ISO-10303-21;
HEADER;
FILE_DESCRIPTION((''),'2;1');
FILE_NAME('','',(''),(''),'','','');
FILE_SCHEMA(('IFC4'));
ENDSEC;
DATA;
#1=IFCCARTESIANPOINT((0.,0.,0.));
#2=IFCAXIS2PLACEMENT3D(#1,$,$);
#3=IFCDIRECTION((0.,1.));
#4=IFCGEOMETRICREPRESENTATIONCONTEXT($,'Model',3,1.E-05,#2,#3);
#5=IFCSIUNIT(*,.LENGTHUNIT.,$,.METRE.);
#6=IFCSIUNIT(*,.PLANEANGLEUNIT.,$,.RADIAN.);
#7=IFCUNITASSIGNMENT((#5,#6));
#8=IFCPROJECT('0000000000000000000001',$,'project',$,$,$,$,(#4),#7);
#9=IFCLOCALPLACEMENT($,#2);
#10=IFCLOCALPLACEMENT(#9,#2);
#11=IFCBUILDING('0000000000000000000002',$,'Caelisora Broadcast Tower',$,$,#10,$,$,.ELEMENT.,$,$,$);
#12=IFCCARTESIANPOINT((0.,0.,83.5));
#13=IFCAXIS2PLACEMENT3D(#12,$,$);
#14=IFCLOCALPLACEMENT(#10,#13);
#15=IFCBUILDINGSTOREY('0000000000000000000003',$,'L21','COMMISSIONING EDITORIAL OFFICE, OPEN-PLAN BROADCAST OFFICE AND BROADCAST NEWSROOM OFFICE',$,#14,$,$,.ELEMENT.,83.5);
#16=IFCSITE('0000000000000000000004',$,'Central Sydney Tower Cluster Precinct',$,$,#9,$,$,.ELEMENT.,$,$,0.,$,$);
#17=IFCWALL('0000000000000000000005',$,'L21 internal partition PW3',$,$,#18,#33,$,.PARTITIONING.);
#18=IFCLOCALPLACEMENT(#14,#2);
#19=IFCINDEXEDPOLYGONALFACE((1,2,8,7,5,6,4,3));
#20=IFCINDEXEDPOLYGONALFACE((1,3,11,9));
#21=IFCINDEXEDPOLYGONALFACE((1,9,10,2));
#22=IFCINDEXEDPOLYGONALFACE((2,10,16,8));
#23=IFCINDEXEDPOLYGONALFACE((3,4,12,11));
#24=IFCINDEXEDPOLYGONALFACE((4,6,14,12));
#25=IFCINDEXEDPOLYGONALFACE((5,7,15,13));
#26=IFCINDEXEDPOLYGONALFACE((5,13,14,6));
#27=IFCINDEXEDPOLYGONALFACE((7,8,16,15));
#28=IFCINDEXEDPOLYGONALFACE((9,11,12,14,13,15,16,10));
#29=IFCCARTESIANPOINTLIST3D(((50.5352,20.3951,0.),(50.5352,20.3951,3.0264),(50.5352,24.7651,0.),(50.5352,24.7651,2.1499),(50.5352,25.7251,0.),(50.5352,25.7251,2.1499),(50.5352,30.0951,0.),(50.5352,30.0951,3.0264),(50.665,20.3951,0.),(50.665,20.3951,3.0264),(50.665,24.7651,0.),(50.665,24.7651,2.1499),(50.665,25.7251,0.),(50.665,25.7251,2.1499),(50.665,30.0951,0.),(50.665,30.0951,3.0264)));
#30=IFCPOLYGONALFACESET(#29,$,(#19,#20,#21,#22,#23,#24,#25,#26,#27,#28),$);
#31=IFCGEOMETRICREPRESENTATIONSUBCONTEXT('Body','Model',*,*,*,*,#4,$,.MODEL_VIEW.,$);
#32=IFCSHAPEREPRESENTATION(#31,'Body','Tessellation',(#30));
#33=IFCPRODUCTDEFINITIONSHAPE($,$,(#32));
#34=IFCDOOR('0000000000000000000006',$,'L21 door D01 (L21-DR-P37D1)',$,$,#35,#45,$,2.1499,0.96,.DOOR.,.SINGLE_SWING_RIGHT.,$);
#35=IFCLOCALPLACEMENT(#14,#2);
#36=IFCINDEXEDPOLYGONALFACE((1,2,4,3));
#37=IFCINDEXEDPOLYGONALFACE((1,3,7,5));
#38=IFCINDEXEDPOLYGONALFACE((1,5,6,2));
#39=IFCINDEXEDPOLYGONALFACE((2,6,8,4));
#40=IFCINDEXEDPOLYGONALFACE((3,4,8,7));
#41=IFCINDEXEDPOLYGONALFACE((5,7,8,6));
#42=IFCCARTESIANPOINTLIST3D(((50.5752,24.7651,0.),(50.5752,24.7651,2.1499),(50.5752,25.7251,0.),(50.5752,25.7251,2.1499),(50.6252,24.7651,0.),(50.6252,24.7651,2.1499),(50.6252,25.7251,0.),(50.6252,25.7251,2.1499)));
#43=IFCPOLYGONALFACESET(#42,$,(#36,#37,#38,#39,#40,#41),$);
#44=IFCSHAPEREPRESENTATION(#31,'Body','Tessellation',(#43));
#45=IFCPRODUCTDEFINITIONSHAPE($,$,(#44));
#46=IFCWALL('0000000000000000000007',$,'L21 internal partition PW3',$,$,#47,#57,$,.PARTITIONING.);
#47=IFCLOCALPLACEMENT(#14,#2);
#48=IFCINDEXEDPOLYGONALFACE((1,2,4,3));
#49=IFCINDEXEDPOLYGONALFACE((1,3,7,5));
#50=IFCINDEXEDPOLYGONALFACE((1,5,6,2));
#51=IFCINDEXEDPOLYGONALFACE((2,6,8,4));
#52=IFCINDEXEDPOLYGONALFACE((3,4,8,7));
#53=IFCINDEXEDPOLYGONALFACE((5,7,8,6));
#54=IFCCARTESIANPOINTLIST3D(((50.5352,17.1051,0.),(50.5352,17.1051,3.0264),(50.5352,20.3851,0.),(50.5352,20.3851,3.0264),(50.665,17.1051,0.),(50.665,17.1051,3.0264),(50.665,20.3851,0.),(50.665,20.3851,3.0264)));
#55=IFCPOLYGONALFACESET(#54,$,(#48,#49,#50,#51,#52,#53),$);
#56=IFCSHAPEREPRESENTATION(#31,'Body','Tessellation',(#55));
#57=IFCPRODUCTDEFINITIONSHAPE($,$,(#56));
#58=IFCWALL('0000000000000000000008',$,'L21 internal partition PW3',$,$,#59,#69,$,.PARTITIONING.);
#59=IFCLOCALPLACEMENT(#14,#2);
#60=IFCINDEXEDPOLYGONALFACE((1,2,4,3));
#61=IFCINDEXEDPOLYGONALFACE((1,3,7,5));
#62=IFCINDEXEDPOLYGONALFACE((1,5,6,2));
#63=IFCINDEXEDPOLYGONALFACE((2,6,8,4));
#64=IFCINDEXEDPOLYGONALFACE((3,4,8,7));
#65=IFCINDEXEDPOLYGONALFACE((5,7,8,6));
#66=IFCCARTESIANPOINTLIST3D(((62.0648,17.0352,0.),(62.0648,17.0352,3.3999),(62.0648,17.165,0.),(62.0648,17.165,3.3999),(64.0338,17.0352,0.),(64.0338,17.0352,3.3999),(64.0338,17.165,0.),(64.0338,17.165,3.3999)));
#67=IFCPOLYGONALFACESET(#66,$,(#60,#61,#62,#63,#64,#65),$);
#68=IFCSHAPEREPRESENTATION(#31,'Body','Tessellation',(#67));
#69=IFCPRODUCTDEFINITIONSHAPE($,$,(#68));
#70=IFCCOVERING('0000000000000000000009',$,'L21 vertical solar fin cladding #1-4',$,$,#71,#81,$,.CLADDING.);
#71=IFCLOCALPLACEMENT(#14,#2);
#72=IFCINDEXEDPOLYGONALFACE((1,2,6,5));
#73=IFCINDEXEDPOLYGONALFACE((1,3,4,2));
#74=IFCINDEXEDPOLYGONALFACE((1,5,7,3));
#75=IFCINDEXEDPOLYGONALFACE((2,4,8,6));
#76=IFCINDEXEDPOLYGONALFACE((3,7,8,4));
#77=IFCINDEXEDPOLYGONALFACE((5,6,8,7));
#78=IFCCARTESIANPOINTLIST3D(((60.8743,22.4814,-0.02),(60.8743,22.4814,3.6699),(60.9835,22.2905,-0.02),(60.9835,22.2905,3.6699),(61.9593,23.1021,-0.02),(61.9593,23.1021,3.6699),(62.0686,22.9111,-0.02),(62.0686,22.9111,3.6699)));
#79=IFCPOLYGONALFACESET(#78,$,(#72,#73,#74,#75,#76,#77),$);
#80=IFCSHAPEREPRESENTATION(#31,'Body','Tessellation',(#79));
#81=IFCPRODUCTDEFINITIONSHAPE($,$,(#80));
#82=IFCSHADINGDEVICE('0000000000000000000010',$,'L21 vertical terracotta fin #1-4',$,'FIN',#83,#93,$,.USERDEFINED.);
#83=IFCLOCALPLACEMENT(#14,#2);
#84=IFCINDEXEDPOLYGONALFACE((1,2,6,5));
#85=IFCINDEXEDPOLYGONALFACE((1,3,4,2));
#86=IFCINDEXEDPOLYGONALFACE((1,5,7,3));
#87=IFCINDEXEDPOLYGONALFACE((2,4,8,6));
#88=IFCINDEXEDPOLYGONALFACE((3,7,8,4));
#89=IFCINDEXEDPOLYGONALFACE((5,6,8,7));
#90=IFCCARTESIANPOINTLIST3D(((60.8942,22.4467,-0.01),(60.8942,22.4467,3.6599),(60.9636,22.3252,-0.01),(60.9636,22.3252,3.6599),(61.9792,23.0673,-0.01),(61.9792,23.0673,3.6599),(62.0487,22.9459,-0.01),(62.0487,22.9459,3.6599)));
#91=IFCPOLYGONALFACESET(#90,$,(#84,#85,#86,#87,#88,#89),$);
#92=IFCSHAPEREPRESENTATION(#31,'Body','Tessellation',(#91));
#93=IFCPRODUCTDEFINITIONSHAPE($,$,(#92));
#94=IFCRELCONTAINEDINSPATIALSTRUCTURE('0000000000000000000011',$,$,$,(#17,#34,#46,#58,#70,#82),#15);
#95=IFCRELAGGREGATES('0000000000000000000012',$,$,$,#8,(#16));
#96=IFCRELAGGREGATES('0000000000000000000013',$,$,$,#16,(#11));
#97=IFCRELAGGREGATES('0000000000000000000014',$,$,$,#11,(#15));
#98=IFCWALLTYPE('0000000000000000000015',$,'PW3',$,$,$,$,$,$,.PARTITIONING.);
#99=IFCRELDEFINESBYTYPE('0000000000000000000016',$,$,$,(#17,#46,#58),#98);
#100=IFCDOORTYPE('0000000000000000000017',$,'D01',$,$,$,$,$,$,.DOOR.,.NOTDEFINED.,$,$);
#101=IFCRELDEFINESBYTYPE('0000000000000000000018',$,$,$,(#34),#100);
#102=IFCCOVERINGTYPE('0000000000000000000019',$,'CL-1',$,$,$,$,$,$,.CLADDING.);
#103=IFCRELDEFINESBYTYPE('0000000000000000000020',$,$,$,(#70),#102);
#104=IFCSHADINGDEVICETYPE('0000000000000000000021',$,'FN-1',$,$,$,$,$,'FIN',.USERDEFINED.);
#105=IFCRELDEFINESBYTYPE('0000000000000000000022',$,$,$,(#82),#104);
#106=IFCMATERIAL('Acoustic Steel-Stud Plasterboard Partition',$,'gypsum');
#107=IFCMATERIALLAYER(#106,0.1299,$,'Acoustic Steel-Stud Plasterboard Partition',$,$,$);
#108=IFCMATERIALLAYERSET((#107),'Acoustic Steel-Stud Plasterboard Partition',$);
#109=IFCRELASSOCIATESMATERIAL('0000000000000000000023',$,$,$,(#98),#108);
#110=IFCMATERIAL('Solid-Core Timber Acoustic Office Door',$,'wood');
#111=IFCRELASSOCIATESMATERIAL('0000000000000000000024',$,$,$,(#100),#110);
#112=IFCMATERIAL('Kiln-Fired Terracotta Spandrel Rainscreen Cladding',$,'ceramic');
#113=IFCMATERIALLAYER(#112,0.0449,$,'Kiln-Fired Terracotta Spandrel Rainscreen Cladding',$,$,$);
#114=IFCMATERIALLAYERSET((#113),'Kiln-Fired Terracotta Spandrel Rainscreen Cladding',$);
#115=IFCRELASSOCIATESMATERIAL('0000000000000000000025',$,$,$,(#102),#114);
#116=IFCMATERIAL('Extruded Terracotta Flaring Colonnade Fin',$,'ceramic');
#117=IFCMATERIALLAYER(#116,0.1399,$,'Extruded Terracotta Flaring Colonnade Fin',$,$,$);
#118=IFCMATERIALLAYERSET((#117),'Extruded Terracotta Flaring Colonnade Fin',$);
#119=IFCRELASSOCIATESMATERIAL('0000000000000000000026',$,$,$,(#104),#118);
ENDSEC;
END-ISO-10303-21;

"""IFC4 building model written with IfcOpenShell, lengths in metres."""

from ifc_helpers import new_model, si_unit, direction, frame, frame_2d, origin, origin_2d, place, context, subcontext, project, spatial, rectangle, extrude, source, transform, mapped, material, layer, layer_set, type_object, type_shapes, element, fill, save


model = new_model("IFC4")

# Units and contexts
model_context = context("Model", 3, precision=1e-05, world=origin(), true_north=direction((0.0, 1.0)))
body_context = subcontext(model_context, "Body", "Model", "MODEL_VIEW")
ifc_project = project(units=[si_unit("LENGTHUNIT", "METRE"), si_unit("PLANEANGLEUNIT", "RADIAN")], contexts=[model_context])

# Site, building, storey
site_placement = place(None, origin())
site = spatial("IfcSite", under=ifc_project, at=site_placement, Name="Central Sydney Tower Cluster Precinct", CompositionType="ELEMENT", RefElevation=0.0)
building_placement = place(site_placement, origin())
building = spatial("IfcBuilding", under=site, at=building_placement, Name="Caelisora Broadcast Tower", CompositionType="ELEMENT")
storey_placement = place(building_placement, frame((0.0, 0.0, 83.5)))
storey = spatial("IfcBuildingStorey", under=building, at=storey_placement, Name="L21", Description="COMMISSIONING EDITORIAL OFFICE, OPEN-PLAN BROADCAST OFFICE AND BROADCAST NEWSROOM OFFICE", CompositionType="ELEMENT", Elevation=83.5)

# Shared definitions
ifc_material_1 = material(Name="Acoustic Steel-Stud Plasterboard Partition", Category="gypsum")
ifc_layer_1 = layer(ifc_material_1, 0.1299, Name="Acoustic Steel-Stud Plasterboard Partition")
ifc_layer_set_1 = layer_set([ifc_layer_1], Name="Acoustic Steel-Stud Plasterboard Partition")
wall_type_1 = type_object("IfcWallType", Name="PW3", PredefinedType="PARTITIONING", material=ifc_layer_set_1)

# Wall, opening, door
wall_1_placement = place(storey_placement, frame((50.6001, 20.395, 0.0), z_axis=(0.0, 0.0, 1.0), x_axis=(0.0, 1.0, 0.0)))
wall_1 = element("IfcWall", 1, at=wall_1_placement, inside=storey, type_object=wall_type_1, Name="L21 internal partition PW3", PredefinedType="PARTITIONING", context=body_context, shape_type="SweptSolid", body=[
    extrude(rectangle(XDim=9.7, YDim=0.1299, at=frame_2d((4.8501, 0.0))), origin(), (0.0, 0.0, 1.0), 3.0264),
])
opening_1_placement = place(wall_1_placement, frame((4.3701, 0.0, 0.0)))
opening_1 = element("IfcOpeningElement", 2, at=opening_1_placement, cuts=wall_1, PredefinedType="OPENING", context=body_context, shape_type="SweptSolid", body=[
    extrude(rectangle(XDim=0.96, YDim=2.1499, at=frame_2d((0.48, 1.075))), frame((0.0, 0.0769, 0.0), z_axis=(0.0, -1.0, 0.0), x_axis=(1.0, 0.0, 0.0)), (0.0, 0.0, 1.0), 0.1538),
])
ifc_material_2 = material(Name="Solid-Core Timber Acoustic Office Door", Category="wood")
door_type_1 = type_object("IfcDoorType", Name="D01", OperationType="NOTDEFINED", PredefinedType="DOOR", material=ifc_material_2)
door_1_placement = place(opening_1_placement, origin())
door_1 = element("IfcDoor", 3, at=door_1_placement, inside=storey, type_object=door_type_1, Name="L21 door D01 (L21-DR-P37D1)", OperationType="SINGLE_SWING_RIGHT", OverallHeight=2.1499, OverallWidth=0.96, PredefinedType="DOOR", context=body_context, shape_type="SweptSolid", body=[
    extrude(rectangle(XDim=0.96, YDim=2.1499, at=frame_2d((0.48, 1.075))), frame((0.0, 0.0249, 0.0), z_axis=(0.0, -1.0, 0.0), x_axis=(1.0, 0.0, 0.0)), (0.0, 0.0, 1.0), 0.05),
])
fill(opening_1, door_1)

# Walls
wall_2_placement = place(storey_placement, frame((50.6001, 17.105, 0.0), z_axis=(0.0, 0.0, 1.0), x_axis=(0.0, 1.0, 0.0)))
element("IfcWall", 4, at=wall_2_placement, inside=storey, type_object=wall_type_1, Name="L21 internal partition PW3", PredefinedType="PARTITIONING", context=body_context, shape_type="SweptSolid", body=[
    extrude(rectangle(XDim=3.28, YDim=0.1299, at=frame_2d((1.6401, 0.0))), origin(), (0.0, 0.0, 1.0), 3.0264),
])
wall_3_placement = place(storey_placement, frame((62.0649, 17.1001, 0.0), z_axis=(0.0, 0.0, 1.0), x_axis=(1.0, 0.0, 0.0)))
element("IfcWall", 5, at=wall_3_placement, inside=storey, type_object=wall_type_1, Name="L21 internal partition PW3", PredefinedType="PARTITIONING", context=body_context, shape_type="SweptSolid", body=[
    extrude(rectangle(XDim=1.969, YDim=0.1299, at=frame_2d((0.9844, 0.0))), origin(), (0.0, 0.0, 1.0), 3.3999),
])

# Covering
ifc_material_3 = material(Name="Kiln-Fired Terracotta Spandrel Rainscreen Cladding", Category="ceramic")
ifc_layer_2 = layer(ifc_material_3, 0.0449, Name="Kiln-Fired Terracotta Spandrel Rainscreen Cladding")
ifc_layer_set_2 = layer_set([ifc_layer_2], Name="Kiln-Fired Terracotta Spandrel Rainscreen Cladding")
covering_type = type_object("IfcCoveringType", Name="CL-1", PredefinedType="CLADDING", material=ifc_layer_set_2)
shared_shape_1 = source(origin(), body_context, "Body", "SweptSolid", [
    extrude(rectangle(XDim=0.22, YDim=1.25, at=origin_2d()), origin(), (0.0, 0.0, 1.0), 3.6899),
])
type_shapes(covering_type, [shared_shape_1])
covering_placement = place(storey_placement, frame((61.4714, 22.6963, -0.02), z_axis=(0.0, 0.0, 1.0), x_axis=(0.49652, -0.868026, 0.0)))
element("IfcCovering", 6, at=covering_placement, inside=storey, type_object=covering_type, Name="L21 vertical solar fin cladding #1-4", PredefinedType="CLADDING", context=body_context, shape_type="MappedRepresentation", body=[
    mapped(shared_shape_1, transform((0.0, 0.0, 0.0), scale=1.0)),
])

# Shading device
ifc_material_4 = material(Name="Extruded Terracotta Flaring Colonnade Fin", Category="ceramic")
ifc_layer_3 = layer(ifc_material_4, 0.1399, Name="Extruded Terracotta Flaring Colonnade Fin")
ifc_layer_set_3 = layer_set([ifc_layer_3], Name="Extruded Terracotta Flaring Colonnade Fin")
shading_device_type = type_object("IfcShadingDeviceType", Name="FN-1", ElementType="FIN", PredefinedType="USERDEFINED", material=ifc_layer_set_3)
shared_shape_2 = source(origin(), body_context, "Body", "SweptSolid", [
    extrude(rectangle(XDim=0.1399, YDim=1.25, at=origin_2d()), origin(), (0.0, 0.0, 1.0), 3.6699),
])
type_shapes(shading_device_type, [shared_shape_2])
shading_device_placement = place(storey_placement, frame((61.4714, 22.6963, -0.01), z_axis=(0.0, 0.0, 1.0), x_axis=(0.49652, -0.868026, 0.0)))
element("IfcShadingDevice", 7, at=shading_device_placement, inside=storey, type_object=shading_device_type, Name="L21 vertical terracotta fin #1-4", ObjectType="FIN", PredefinedType="USERDEFINED", context=body_context, shape_type="MappedRepresentation", body=[
    mapped(shared_shape_2, transform((0.0, 0.0, 0.0), scale=1.0)),
])

save(model, "model.ifc")
